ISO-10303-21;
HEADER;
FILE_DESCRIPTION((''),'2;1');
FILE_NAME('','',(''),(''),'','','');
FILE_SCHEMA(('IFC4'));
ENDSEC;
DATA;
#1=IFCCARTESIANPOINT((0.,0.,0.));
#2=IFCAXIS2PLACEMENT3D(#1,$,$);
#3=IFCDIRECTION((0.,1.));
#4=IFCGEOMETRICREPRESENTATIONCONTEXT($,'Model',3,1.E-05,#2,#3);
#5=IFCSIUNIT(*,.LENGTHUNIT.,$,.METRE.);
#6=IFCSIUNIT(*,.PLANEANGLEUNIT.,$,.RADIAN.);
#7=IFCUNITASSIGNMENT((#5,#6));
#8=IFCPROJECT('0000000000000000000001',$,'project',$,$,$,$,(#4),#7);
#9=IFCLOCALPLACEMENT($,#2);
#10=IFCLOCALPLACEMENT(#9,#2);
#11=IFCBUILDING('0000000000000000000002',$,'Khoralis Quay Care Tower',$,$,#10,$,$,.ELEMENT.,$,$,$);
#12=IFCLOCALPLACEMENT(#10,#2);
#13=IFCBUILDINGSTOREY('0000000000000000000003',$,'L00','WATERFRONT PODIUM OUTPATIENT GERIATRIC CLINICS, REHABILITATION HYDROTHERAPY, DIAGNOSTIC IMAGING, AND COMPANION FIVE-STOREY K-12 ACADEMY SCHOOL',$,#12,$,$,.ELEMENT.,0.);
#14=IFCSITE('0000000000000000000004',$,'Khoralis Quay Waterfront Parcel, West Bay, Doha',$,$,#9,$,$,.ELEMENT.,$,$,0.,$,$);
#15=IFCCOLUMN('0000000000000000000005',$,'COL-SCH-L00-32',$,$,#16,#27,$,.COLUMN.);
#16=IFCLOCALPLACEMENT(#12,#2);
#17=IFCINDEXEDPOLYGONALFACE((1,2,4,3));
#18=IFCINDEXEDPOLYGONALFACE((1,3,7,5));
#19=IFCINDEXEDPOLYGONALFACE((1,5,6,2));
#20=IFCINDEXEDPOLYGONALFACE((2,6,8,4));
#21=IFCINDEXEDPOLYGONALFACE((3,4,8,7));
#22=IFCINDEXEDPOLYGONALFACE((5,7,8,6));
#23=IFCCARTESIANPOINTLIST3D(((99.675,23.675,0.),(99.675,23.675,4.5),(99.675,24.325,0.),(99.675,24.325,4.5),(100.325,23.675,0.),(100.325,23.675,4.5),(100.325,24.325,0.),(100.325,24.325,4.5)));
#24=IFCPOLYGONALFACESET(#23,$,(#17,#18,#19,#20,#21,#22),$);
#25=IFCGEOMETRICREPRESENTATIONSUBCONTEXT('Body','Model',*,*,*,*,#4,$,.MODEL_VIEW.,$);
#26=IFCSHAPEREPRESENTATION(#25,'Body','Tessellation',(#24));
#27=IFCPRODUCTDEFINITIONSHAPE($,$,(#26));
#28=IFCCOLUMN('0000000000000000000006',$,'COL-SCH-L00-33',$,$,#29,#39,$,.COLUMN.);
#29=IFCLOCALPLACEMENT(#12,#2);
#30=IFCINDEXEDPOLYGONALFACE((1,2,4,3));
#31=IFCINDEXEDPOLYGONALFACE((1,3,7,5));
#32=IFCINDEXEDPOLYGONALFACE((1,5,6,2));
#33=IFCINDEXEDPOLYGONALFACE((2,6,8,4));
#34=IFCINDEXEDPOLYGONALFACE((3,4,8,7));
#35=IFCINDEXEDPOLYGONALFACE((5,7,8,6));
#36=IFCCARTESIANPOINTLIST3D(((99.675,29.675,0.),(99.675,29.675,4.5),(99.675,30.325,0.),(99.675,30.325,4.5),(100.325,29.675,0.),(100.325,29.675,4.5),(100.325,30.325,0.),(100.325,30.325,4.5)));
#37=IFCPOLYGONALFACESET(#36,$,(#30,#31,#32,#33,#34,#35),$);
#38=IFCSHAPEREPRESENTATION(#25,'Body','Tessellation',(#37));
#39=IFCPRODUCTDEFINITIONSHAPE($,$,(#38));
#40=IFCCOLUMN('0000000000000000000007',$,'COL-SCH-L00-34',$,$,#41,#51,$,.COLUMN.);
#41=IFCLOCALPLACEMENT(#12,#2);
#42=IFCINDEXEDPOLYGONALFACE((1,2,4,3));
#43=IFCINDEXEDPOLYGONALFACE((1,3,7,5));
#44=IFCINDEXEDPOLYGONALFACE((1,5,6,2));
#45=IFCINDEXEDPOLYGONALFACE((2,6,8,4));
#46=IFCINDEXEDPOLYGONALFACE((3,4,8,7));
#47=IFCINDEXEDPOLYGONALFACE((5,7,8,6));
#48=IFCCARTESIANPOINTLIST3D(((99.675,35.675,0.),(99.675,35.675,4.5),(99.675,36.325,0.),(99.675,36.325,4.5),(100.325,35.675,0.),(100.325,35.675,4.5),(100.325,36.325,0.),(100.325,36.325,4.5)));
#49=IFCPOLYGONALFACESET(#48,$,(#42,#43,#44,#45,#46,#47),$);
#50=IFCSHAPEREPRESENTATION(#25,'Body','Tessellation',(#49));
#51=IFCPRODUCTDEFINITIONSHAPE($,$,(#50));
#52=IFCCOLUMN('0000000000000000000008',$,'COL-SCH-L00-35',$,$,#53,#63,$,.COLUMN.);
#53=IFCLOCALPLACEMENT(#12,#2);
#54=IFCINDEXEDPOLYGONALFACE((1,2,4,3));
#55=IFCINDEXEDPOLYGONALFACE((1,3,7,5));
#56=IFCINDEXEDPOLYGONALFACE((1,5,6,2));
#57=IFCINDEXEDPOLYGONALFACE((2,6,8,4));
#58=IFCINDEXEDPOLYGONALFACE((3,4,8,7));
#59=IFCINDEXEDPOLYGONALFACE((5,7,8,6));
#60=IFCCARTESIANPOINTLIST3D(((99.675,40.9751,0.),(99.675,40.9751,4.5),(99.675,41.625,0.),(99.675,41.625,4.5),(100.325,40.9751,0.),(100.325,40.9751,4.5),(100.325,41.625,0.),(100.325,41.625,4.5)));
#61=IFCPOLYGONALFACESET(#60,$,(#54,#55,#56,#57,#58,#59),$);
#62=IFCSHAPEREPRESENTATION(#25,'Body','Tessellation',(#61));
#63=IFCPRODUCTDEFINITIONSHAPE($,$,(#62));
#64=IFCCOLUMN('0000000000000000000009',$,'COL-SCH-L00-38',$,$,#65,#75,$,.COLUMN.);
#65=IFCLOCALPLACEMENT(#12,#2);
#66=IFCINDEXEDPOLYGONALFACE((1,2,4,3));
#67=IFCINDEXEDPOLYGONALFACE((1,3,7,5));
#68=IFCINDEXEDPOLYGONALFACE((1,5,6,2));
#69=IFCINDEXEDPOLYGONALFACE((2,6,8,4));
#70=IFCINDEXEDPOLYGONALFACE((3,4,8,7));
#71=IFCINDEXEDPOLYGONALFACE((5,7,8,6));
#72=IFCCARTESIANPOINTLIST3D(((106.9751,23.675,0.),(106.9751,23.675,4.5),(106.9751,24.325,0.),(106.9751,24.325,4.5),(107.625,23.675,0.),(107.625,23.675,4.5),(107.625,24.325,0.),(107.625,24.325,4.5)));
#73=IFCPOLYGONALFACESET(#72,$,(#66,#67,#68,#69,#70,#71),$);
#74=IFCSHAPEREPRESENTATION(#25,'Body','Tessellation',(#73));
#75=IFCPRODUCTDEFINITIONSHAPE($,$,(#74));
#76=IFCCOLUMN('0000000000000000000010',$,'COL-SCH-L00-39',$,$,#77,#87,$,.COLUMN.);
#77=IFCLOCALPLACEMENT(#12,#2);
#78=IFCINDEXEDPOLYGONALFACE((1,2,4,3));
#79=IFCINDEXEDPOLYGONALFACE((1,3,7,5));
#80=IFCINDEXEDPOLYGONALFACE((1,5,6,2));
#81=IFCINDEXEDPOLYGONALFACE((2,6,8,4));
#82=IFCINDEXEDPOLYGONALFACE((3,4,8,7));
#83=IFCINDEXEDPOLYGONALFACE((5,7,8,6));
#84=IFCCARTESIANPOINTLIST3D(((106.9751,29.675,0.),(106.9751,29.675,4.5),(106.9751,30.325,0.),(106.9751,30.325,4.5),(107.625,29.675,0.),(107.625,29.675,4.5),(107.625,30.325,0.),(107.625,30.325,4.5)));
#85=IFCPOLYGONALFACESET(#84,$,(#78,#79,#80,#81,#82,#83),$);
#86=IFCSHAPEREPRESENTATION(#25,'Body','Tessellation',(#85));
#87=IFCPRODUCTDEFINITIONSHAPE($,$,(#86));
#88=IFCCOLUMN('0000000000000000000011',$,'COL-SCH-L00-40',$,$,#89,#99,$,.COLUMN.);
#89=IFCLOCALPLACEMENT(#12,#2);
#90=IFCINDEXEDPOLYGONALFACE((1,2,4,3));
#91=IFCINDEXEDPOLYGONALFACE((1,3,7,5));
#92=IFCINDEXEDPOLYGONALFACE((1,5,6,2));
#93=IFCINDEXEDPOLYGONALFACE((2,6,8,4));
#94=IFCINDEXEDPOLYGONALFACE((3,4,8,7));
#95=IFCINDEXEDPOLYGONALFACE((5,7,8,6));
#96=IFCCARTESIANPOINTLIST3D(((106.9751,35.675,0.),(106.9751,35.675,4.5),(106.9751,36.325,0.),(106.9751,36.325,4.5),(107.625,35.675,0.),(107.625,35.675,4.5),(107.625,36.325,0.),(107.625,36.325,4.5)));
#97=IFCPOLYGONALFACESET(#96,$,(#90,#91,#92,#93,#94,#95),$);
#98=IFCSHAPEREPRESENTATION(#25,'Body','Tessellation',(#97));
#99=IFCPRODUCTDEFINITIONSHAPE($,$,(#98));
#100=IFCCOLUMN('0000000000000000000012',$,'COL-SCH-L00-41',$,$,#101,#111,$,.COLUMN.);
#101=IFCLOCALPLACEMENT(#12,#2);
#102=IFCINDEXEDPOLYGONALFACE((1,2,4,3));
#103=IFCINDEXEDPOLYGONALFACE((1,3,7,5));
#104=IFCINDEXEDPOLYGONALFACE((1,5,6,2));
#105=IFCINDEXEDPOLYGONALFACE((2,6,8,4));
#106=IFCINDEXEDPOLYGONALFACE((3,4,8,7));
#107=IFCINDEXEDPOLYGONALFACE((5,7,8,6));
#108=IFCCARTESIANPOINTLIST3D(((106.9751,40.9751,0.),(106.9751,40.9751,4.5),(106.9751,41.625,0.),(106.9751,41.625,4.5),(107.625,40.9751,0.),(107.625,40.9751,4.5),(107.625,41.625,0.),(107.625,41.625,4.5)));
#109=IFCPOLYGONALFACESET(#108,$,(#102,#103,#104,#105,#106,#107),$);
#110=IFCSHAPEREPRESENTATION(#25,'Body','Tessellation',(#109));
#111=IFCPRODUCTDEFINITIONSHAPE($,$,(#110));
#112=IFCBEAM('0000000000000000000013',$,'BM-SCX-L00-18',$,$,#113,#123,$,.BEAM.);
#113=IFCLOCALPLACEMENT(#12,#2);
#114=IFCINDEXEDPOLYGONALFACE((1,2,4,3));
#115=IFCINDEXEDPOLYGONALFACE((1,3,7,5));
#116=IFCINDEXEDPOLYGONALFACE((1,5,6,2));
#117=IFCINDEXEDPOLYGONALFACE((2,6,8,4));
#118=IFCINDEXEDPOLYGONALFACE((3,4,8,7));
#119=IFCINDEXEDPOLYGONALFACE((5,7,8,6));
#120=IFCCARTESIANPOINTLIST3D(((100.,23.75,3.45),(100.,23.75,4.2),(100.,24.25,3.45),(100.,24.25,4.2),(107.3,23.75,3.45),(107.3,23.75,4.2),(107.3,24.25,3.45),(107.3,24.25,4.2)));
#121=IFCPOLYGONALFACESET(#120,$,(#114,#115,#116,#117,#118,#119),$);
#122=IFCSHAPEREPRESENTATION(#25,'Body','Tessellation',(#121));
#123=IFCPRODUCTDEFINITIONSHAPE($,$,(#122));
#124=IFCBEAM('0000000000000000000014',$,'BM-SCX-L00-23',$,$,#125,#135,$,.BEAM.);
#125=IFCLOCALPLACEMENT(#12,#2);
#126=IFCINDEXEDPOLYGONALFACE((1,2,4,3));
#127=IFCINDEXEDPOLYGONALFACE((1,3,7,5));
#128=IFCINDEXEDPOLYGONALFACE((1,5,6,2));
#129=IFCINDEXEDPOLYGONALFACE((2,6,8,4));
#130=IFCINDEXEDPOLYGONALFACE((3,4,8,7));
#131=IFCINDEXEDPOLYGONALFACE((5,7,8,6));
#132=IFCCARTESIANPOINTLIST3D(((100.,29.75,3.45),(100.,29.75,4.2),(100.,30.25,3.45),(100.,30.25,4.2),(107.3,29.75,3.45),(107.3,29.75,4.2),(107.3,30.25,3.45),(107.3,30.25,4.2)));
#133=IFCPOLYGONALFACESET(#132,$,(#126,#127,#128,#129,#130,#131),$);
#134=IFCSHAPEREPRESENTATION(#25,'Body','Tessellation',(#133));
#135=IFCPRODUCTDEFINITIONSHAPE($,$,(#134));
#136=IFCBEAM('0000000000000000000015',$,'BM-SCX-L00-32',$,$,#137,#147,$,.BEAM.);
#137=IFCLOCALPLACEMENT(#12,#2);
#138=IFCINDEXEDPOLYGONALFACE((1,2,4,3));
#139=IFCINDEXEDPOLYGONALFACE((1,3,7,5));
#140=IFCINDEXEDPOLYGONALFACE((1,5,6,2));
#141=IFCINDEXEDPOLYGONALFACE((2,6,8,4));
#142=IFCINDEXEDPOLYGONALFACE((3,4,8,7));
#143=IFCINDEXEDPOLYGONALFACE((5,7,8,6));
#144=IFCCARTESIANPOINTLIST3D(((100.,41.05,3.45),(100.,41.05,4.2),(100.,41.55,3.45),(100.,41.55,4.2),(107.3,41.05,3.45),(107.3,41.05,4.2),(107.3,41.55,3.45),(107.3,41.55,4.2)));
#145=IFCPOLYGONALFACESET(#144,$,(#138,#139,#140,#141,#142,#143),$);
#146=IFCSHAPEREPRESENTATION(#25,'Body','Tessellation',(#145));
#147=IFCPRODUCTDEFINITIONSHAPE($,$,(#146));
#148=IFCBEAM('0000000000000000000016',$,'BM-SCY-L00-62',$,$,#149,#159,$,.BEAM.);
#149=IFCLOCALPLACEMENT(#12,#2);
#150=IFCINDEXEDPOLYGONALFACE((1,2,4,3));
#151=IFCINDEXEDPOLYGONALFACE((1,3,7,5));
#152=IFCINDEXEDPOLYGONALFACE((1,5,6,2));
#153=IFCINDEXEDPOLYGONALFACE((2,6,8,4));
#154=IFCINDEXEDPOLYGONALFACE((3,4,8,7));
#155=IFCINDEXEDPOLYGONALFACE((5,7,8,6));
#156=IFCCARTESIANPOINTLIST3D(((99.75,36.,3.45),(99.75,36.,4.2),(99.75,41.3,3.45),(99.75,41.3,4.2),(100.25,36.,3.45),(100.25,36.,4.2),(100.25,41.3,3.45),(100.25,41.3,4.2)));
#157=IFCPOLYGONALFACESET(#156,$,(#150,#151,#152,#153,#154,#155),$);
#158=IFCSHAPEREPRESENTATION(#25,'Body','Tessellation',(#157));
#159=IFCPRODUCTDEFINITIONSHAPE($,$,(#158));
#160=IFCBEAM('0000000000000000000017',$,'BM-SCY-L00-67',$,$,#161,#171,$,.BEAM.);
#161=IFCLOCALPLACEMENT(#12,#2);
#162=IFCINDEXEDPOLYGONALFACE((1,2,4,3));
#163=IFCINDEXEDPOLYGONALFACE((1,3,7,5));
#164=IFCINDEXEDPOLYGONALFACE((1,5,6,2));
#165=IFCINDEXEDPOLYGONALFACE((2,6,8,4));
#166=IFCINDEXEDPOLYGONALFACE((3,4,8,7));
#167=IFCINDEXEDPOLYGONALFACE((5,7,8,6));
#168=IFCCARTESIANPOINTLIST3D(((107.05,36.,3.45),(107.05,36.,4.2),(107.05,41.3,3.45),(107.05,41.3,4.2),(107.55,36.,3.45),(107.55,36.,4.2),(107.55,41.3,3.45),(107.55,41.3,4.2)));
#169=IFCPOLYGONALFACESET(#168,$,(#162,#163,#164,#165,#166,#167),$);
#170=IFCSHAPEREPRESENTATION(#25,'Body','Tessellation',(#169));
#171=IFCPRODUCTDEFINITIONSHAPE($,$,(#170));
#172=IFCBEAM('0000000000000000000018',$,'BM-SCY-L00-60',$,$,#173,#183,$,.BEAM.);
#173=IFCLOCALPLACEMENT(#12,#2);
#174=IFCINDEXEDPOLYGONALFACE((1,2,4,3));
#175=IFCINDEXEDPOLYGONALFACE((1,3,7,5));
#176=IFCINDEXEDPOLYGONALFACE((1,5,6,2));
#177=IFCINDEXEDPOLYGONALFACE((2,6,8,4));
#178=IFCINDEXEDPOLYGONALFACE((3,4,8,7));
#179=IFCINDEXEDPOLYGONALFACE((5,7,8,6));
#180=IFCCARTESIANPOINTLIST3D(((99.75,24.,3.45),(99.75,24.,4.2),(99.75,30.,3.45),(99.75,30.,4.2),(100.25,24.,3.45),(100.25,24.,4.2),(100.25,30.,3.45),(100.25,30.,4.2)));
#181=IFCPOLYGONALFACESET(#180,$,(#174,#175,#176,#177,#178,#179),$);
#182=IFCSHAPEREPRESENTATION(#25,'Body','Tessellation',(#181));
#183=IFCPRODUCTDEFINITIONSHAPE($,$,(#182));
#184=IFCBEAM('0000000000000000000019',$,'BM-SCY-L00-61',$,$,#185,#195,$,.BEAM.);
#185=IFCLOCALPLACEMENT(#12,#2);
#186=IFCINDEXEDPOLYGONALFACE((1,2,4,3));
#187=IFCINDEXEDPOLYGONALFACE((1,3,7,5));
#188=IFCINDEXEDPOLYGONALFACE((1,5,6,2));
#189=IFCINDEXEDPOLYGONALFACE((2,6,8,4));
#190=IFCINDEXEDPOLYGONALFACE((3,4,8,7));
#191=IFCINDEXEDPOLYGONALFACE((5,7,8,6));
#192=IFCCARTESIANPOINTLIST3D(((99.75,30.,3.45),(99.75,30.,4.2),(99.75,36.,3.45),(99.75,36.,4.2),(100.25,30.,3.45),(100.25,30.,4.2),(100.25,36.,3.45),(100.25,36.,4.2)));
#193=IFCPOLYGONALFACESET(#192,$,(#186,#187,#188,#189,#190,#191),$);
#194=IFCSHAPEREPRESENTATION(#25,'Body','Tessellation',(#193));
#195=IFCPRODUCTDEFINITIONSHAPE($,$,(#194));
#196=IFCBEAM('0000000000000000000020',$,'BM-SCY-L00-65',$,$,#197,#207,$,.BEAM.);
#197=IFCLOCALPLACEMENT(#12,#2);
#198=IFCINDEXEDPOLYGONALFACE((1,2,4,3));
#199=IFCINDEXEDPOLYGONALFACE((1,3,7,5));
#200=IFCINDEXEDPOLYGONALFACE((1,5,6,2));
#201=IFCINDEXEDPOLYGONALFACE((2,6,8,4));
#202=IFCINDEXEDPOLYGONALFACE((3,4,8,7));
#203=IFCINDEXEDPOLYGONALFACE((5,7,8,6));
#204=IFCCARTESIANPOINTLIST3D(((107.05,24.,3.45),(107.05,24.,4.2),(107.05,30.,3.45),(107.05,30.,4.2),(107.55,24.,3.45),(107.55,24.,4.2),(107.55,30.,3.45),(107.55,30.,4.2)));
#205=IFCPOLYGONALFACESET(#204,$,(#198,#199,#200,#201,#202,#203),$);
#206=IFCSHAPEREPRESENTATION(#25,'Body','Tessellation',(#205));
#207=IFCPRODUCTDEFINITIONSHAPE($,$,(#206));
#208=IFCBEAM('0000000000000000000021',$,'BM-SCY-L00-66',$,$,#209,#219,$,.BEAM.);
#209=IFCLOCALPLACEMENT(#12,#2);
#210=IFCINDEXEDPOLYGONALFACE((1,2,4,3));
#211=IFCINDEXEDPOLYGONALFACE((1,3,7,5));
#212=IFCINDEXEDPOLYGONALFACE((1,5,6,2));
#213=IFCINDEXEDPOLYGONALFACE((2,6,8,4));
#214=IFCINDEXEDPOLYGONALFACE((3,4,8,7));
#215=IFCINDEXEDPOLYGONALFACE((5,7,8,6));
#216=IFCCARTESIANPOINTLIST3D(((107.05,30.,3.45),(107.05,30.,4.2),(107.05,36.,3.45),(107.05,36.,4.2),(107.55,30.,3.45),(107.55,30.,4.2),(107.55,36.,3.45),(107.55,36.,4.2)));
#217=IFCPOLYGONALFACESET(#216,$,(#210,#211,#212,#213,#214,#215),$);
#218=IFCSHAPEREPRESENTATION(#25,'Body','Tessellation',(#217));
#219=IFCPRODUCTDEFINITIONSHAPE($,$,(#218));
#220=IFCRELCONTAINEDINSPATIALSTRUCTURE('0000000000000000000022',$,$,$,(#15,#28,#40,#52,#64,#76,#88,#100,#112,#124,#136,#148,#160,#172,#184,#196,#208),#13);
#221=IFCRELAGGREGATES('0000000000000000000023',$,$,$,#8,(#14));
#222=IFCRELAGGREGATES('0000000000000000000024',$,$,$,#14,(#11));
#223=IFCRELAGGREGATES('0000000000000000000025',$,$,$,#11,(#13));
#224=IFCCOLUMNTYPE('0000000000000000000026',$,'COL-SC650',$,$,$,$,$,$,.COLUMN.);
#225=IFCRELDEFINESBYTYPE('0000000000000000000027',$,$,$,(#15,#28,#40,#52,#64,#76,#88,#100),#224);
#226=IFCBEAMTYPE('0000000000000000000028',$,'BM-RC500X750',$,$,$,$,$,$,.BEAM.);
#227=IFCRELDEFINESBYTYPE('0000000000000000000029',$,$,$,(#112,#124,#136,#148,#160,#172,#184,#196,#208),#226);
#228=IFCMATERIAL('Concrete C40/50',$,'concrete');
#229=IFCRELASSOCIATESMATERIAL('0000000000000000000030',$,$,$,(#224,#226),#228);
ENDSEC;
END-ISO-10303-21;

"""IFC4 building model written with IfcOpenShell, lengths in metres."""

from ifc_helpers import new_model, si_unit, direction, frame, origin, origin_2d, place, context, subcontext, project, spatial, rectangle, extrude, source, transform, mapped, material, material_profile, profile_set, type_object, element, save


model = new_model("IFC4")

# Units and contexts
model_context = context("Model", 3, precision=1e-05, world=origin(), true_north=direction((0.0, 1.0)))
body_context = subcontext(model_context, "Body", "Model", "MODEL_VIEW")
ifc_project = project(units=[si_unit("LENGTHUNIT", "METRE"), si_unit("PLANEANGLEUNIT", "RADIAN")], contexts=[model_context])

# Site, building, storey
site_placement = place(None, origin())
site = spatial("IfcSite", under=ifc_project, at=site_placement, Name="Khoralis Quay Waterfront Parcel, West Bay, Doha", CompositionType="ELEMENT", RefElevation=0.0)
building_placement = place(site_placement, origin())
building = spatial("IfcBuilding", under=site, at=building_placement, Name="Khoralis Quay Care Tower", CompositionType="ELEMENT")
storey_placement = place(building_placement, origin())
storey = spatial("IfcBuildingStorey", under=building, at=storey_placement, Name="L00", Description="WATERFRONT PODIUM OUTPATIENT GERIATRIC CLINICS, REHABILITATION HYDROTHERAPY, DIAGNOSTIC IMAGING, AND COMPANION FIVE-STOREY K-12 ACADEMY SCHOOL", CompositionType="ELEMENT", Elevation=0.0)

# Columns
ifc_material_1 = material(Name="Concrete C40/50", Category="concrete")
ifc_material_profile_1 = material_profile(ifc_material_1, rectangle(XDim=0.6499, YDim=0.6499, at=origin_2d()), Name="Concrete C40/50")
ifc_profile_set_1 = profile_set([ifc_material_profile_1], Name="Concrete C40/50")
column_type = type_object("IfcColumnType", Name="COL-SC650", PredefinedType="COLUMN", material=ifc_profile_set_1)
shared_shape_1 = source(origin(), body_context, "Body", "SweptSolid", [
    extrude(rectangle(XDim=0.6499, YDim=0.6499, at=origin_2d()), origin(), (0.0, 0.0, 1.0), 4.5),
])
for number, where, z_axis, x_axis, name in (
    (1, (100.0, 24.0, 0.0), (0.0, 0.0, 1.0), (1.0, 0.0, 0.0), "COL-SCH-L00-32"),
    (2, (100.0, 30.0, 0.0), (0.0, 0.0, 1.0), (1.0, 0.0, 0.0), "COL-SCH-L00-33"),
    (3, (100.0, 36.0, 0.0), (0.0, 0.0, 1.0), (1.0, 0.0, 0.0), "COL-SCH-L00-34"),
    (4, (100.0, 41.3, 0.0), (0.0, 0.0, 1.0), (1.0, 0.0, 0.0), "COL-SCH-L00-35"),
    (5, (107.3, 24.0, 0.0), (0.0, 0.0, 1.0), (1.0, 0.0, 0.0), "COL-SCH-L00-38"),
    (6, (107.3, 30.0, 0.0), (0.0, 0.0, 1.0), (1.0, 0.0, 0.0), "COL-SCH-L00-39"),
    (7, (107.3, 36.0, 0.0), (0.0, 0.0, 1.0), (1.0, 0.0, 0.0), "COL-SCH-L00-40"),
    (8, (107.3, 41.3, 0.0), (0.0, 0.0, 1.0), (1.0, 0.0, 0.0), "COL-SCH-L00-41"),
):
    element("IfcColumn", number, at=place(storey_placement, frame(where, z_axis=z_axis, x_axis=x_axis)), inside=storey, type_object=column_type, Name=name, PredefinedType="COLUMN", context=body_context, shape_type="MappedRepresentation", body=[
        mapped(shared_shape_1, transform((0.0, 0.0, 0.0), scale=1.0)),
    ])

# Beams
ifc_material_profile_2 = material_profile(ifc_material_1, rectangle(XDim=0.5, YDim=0.75, at=origin_2d()), Name="Concrete C40/50")
ifc_profile_set_2 = profile_set([ifc_material_profile_2], Name="Concrete C40/50")
beam_type = type_object("IfcBeamType", Name="BM-RC500X750", PredefinedType="BEAM", material=ifc_profile_set_2)
shared_shape_2 = source(origin(), body_context, "Body", "SweptSolid", [
    extrude(rectangle(XDim=0.5, YDim=0.75, at=origin_2d()), origin(), (0.0, 0.0, 1.0), 7.3),
])
for number, where, z_axis, x_axis, name in (
    (9, (100.0, 24.0, 3.825), (1.0, 0.0, 0.0), (0.0, 1.0, 0.0), "BM-SCX-L00-18"),
    (10, (100.0, 30.0, 3.825), (1.0, 0.0, 0.0), (0.0, 1.0, 0.0), "BM-SCX-L00-23"),
    (11, (100.0, 41.3, 3.825), (1.0, 0.0, 0.0), (0.0, 1.0, 0.0), "BM-SCX-L00-32"),
):
    element("IfcBeam", number, at=place(storey_placement, frame(where, z_axis=z_axis, x_axis=x_axis)), inside=storey, type_object=beam_type, Name=name, PredefinedType="BEAM", context=body_context, shape_type="MappedRepresentation", body=[
        mapped(shared_shape_2, transform((0.0, 0.0, 0.0), scale=1.0)),
    ])
shared_shape_3 = source(origin(), body_context, "Body", "SweptSolid", [
    extrude(rectangle(XDim=0.5, YDim=0.75, at=origin_2d()), origin(), (0.0, 0.0, 1.0), 5.3),
])
for number, where, z_axis, x_axis, name in (
    (12, (100.0, 36.0, 3.825), (0.0, 1.0, 0.0), (-1.0, 0.0, 0.0), "BM-SCY-L00-62"),
    (13, (107.3, 36.0, 3.825), (0.0, 1.0, 0.0), (-1.0, 0.0, 0.0), "BM-SCY-L00-67"),
):
    element("IfcBeam", number, at=place(storey_placement, frame(where, z_axis=z_axis, x_axis=x_axis)), inside=storey, type_object=beam_type, Name=name, PredefinedType="BEAM", context=body_context, shape_type="MappedRepresentation", body=[
        mapped(shared_shape_3, transform((0.0, 0.0, 0.0), scale=1.0)),
    ])
shared_shape_4 = source(origin(), body_context, "Body", "SweptSolid", [
    extrude(rectangle(XDim=0.5, YDim=0.75, at=origin_2d()), origin(), (0.0, 0.0, 1.0), 6.0),
])
for number, where, z_axis, x_axis, name in (
    (14, (100.0, 24.0, 3.825), (0.0, 1.0, 0.0), (-1.0, 0.0, 0.0), "BM-SCY-L00-60"),
    (15, (100.0, 30.0, 3.825), (0.0, 1.0, 0.0), (-1.0, 0.0, 0.0), "BM-SCY-L00-61"),
    (16, (107.3, 24.0, 3.825), (0.0, 1.0, 0.0), (-1.0, 0.0, 0.0), "BM-SCY-L00-65"),
    (17, (107.3, 30.0, 3.825), (0.0, 1.0, 0.0), (-1.0, 0.0, 0.0), "BM-SCY-L00-66"),
):
    element("IfcBeam", number, at=place(storey_placement, frame(where, z_axis=z_axis, x_axis=x_axis)), inside=storey, type_object=beam_type, Name=name, PredefinedType="BEAM", context=body_context, shape_type="MappedRepresentation", body=[
        mapped(shared_shape_4, transform((0.0, 0.0, 0.0), scale=1.0)),
    ])

save(model, "model.ifc")
